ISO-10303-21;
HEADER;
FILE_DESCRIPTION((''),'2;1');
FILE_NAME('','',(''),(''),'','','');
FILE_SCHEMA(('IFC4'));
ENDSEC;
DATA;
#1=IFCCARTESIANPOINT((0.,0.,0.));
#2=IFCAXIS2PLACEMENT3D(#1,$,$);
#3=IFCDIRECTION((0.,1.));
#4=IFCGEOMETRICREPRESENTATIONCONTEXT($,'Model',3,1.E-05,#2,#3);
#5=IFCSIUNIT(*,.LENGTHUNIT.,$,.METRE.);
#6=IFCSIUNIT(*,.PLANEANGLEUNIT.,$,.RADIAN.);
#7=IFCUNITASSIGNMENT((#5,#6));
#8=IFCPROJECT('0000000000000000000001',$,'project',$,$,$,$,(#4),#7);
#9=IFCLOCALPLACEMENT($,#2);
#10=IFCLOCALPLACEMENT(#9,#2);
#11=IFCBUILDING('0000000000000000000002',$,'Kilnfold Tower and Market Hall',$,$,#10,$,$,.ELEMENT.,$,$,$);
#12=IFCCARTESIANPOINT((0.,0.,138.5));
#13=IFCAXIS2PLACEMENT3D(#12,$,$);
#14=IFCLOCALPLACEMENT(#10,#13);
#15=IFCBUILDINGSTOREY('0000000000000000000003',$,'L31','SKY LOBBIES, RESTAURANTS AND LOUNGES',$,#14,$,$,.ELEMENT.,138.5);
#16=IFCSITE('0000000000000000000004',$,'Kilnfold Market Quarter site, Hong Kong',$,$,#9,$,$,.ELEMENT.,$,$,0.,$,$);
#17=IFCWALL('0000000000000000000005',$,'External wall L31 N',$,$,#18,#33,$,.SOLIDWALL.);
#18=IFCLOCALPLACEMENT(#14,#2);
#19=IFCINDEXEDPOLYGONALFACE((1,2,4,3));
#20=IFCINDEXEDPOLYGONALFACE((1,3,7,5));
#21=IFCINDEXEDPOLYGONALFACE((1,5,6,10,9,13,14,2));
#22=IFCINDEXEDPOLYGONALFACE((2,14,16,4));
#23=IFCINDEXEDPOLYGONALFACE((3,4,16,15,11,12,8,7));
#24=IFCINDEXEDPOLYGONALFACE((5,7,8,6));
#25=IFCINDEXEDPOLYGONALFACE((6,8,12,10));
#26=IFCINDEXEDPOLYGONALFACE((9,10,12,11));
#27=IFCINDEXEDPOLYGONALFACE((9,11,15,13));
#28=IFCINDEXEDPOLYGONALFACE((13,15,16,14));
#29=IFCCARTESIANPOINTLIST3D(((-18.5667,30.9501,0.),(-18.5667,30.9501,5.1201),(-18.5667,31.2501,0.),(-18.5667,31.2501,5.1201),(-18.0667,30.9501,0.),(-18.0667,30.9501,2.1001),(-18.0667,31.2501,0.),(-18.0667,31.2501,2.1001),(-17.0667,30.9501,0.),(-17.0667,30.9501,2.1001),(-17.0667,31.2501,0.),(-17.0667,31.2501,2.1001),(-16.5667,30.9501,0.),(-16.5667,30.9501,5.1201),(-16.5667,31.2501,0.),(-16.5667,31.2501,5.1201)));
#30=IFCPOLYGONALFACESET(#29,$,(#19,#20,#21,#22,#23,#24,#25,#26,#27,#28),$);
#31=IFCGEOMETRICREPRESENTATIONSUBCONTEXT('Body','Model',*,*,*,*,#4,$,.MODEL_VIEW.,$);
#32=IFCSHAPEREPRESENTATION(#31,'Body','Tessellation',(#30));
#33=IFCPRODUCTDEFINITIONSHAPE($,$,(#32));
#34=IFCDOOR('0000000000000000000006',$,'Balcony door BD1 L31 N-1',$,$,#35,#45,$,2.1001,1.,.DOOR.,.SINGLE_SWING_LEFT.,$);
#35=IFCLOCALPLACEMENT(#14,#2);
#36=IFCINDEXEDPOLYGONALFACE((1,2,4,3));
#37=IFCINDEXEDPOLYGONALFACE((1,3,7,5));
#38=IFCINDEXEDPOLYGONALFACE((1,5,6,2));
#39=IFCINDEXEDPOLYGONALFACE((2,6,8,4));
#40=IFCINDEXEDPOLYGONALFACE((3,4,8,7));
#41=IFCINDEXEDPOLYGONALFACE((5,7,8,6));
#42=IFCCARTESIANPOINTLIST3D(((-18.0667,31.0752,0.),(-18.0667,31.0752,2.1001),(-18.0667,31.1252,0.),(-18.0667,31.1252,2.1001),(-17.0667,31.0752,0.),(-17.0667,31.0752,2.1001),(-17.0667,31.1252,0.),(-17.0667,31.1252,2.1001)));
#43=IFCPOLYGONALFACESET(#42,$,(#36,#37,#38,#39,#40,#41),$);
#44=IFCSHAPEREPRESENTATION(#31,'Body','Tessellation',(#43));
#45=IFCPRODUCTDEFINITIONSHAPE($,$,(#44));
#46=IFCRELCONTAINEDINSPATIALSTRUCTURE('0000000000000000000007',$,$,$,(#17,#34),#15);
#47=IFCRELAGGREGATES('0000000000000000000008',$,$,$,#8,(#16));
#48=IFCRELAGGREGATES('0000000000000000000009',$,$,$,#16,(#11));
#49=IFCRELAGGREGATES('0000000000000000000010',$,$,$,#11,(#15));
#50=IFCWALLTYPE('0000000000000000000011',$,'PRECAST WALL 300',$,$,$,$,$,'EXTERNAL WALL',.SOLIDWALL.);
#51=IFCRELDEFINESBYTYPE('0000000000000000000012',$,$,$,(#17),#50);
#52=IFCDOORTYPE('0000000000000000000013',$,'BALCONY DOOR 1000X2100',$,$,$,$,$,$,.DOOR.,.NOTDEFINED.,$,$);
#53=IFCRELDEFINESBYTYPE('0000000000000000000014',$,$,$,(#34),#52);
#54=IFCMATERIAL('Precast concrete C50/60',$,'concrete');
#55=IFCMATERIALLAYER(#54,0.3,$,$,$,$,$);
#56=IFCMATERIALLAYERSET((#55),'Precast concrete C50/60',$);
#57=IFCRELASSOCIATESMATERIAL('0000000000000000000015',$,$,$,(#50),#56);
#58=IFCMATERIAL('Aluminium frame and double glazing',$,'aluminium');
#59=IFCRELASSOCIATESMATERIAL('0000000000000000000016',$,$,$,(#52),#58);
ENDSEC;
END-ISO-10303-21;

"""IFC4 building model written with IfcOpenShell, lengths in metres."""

from ifc_helpers import new_model, si_unit, direction, frame, frame_2d, origin, place, context, subcontext, project, spatial, rectangle, extrude, source, transform, mapped, material, layer, layer_set, type_object, element, fill, save


model = new_model("IFC4")

# Units and contexts
model_context = context("Model", 3, precision=1e-05, world=origin(), true_north=direction((0.0, 1.0)))
body_context = subcontext(model_context, "Body", "Model", "MODEL_VIEW")
ifc_project = project(units=[si_unit("LENGTHUNIT", "METRE"), si_unit("PLANEANGLEUNIT", "RADIAN")], contexts=[model_context])

# Site, building, storey
site_placement = place(None, origin())
site = spatial("IfcSite", under=ifc_project, at=site_placement, Name="Kilnfold Market Quarter site, Hong Kong", CompositionType="ELEMENT", RefElevation=0.0)
building_placement = place(site_placement, origin())
building = spatial("IfcBuilding", under=site, at=building_placement, Name="Kilnfold Tower and Market Hall", CompositionType="ELEMENT")
storey_placement = place(building_placement, frame((0.0, 0.0, 138.5)))
storey = spatial("IfcBuildingStorey", under=building, at=storey_placement, Name="L31", Description="SKY LOBBIES, RESTAURANTS AND LOUNGES", CompositionType="ELEMENT", Elevation=138.5)

# Wall, opening, door
ifc_material_1 = material(Name="Precast concrete C50/60", Category="concrete")
ifc_layer_1 = layer(ifc_material_1, 0.3)
ifc_layer_set_1 = layer_set([ifc_layer_1], Name="Precast concrete C50/60")
wall_type_1 = type_object("IfcWallType", Name="PRECAST WALL 300", ElementType="EXTERNAL WALL", PredefinedType="SOLIDWALL", material=ifc_layer_set_1)
shared_shape_1 = source(origin(), body_context, "Body", "SweptSolid", [
    extrude(rectangle(XDim=2.0, YDim=0.3, at=frame_2d((1.0, 0.0))), origin(), (0.0, 0.0, 1.0), 5.1201),
])
wall_1_placement = place(storey_placement, frame((-16.5667, 31.1001, 0.0), z_axis=(0.0, 0.0, 1.0), x_axis=(-1.0, 0.0, 0.0)))
wall_1 = element("IfcWall", 1, at=wall_1_placement, inside=storey, type_object=wall_type_1, Name="External wall L31 N", PredefinedType="SOLIDWALL", context=body_context, shape_type="MappedRepresentation", body=[
    mapped(shared_shape_1, transform((0.0, 0.0, 0.0))),
])
opening_1_placement = place(wall_1_placement, frame((0.5, 0.0, 0.0)))
opening_1 = element("IfcOpeningElement", 2, at=opening_1_placement, cuts=wall_1, PredefinedType="OPENING", context=body_context, shape_type="SweptSolid", body=[
    extrude(rectangle(XDim=1.0, YDim=2.1001, at=frame_2d((0.5, 1.05))), frame((0.0, 0.1602, 0.0), z_axis=(0.0, -1.0, 0.0), x_axis=(1.0, 0.0, 0.0)), (0.0, 0.0, 1.0), 0.3201),
])
ifc_material_2 = material(Name="Aluminium frame and double glazing", Category="aluminium")
door_type_1 = type_object("IfcDoorType", Name="BALCONY DOOR 1000X2100", OperationType="NOTDEFINED", PredefinedType="DOOR", material=ifc_material_2)
door_1_placement = place(opening_1_placement, origin())
door_1 = element("IfcDoor", 3, at=door_1_placement, inside=storey, type_object=door_type_1, Name="Balcony door BD1 L31 N-1", OperationType="SINGLE_SWING_LEFT", OverallHeight=2.1001, OverallWidth=1.0, PredefinedType="DOOR", context=body_context, shape_type="SweptSolid", body=[
    extrude(rectangle(XDim=1.0, YDim=2.1001, at=frame_2d((0.5, 1.05))), frame((0.0, 0.0249, 0.0), z_axis=(0.0, -1.0, 0.0), x_axis=(1.0, 0.0, 0.0)), (0.0, 0.0, 1.0), 0.05),
])
fill(opening_1, door_1)

save(model, "model.ifc")
